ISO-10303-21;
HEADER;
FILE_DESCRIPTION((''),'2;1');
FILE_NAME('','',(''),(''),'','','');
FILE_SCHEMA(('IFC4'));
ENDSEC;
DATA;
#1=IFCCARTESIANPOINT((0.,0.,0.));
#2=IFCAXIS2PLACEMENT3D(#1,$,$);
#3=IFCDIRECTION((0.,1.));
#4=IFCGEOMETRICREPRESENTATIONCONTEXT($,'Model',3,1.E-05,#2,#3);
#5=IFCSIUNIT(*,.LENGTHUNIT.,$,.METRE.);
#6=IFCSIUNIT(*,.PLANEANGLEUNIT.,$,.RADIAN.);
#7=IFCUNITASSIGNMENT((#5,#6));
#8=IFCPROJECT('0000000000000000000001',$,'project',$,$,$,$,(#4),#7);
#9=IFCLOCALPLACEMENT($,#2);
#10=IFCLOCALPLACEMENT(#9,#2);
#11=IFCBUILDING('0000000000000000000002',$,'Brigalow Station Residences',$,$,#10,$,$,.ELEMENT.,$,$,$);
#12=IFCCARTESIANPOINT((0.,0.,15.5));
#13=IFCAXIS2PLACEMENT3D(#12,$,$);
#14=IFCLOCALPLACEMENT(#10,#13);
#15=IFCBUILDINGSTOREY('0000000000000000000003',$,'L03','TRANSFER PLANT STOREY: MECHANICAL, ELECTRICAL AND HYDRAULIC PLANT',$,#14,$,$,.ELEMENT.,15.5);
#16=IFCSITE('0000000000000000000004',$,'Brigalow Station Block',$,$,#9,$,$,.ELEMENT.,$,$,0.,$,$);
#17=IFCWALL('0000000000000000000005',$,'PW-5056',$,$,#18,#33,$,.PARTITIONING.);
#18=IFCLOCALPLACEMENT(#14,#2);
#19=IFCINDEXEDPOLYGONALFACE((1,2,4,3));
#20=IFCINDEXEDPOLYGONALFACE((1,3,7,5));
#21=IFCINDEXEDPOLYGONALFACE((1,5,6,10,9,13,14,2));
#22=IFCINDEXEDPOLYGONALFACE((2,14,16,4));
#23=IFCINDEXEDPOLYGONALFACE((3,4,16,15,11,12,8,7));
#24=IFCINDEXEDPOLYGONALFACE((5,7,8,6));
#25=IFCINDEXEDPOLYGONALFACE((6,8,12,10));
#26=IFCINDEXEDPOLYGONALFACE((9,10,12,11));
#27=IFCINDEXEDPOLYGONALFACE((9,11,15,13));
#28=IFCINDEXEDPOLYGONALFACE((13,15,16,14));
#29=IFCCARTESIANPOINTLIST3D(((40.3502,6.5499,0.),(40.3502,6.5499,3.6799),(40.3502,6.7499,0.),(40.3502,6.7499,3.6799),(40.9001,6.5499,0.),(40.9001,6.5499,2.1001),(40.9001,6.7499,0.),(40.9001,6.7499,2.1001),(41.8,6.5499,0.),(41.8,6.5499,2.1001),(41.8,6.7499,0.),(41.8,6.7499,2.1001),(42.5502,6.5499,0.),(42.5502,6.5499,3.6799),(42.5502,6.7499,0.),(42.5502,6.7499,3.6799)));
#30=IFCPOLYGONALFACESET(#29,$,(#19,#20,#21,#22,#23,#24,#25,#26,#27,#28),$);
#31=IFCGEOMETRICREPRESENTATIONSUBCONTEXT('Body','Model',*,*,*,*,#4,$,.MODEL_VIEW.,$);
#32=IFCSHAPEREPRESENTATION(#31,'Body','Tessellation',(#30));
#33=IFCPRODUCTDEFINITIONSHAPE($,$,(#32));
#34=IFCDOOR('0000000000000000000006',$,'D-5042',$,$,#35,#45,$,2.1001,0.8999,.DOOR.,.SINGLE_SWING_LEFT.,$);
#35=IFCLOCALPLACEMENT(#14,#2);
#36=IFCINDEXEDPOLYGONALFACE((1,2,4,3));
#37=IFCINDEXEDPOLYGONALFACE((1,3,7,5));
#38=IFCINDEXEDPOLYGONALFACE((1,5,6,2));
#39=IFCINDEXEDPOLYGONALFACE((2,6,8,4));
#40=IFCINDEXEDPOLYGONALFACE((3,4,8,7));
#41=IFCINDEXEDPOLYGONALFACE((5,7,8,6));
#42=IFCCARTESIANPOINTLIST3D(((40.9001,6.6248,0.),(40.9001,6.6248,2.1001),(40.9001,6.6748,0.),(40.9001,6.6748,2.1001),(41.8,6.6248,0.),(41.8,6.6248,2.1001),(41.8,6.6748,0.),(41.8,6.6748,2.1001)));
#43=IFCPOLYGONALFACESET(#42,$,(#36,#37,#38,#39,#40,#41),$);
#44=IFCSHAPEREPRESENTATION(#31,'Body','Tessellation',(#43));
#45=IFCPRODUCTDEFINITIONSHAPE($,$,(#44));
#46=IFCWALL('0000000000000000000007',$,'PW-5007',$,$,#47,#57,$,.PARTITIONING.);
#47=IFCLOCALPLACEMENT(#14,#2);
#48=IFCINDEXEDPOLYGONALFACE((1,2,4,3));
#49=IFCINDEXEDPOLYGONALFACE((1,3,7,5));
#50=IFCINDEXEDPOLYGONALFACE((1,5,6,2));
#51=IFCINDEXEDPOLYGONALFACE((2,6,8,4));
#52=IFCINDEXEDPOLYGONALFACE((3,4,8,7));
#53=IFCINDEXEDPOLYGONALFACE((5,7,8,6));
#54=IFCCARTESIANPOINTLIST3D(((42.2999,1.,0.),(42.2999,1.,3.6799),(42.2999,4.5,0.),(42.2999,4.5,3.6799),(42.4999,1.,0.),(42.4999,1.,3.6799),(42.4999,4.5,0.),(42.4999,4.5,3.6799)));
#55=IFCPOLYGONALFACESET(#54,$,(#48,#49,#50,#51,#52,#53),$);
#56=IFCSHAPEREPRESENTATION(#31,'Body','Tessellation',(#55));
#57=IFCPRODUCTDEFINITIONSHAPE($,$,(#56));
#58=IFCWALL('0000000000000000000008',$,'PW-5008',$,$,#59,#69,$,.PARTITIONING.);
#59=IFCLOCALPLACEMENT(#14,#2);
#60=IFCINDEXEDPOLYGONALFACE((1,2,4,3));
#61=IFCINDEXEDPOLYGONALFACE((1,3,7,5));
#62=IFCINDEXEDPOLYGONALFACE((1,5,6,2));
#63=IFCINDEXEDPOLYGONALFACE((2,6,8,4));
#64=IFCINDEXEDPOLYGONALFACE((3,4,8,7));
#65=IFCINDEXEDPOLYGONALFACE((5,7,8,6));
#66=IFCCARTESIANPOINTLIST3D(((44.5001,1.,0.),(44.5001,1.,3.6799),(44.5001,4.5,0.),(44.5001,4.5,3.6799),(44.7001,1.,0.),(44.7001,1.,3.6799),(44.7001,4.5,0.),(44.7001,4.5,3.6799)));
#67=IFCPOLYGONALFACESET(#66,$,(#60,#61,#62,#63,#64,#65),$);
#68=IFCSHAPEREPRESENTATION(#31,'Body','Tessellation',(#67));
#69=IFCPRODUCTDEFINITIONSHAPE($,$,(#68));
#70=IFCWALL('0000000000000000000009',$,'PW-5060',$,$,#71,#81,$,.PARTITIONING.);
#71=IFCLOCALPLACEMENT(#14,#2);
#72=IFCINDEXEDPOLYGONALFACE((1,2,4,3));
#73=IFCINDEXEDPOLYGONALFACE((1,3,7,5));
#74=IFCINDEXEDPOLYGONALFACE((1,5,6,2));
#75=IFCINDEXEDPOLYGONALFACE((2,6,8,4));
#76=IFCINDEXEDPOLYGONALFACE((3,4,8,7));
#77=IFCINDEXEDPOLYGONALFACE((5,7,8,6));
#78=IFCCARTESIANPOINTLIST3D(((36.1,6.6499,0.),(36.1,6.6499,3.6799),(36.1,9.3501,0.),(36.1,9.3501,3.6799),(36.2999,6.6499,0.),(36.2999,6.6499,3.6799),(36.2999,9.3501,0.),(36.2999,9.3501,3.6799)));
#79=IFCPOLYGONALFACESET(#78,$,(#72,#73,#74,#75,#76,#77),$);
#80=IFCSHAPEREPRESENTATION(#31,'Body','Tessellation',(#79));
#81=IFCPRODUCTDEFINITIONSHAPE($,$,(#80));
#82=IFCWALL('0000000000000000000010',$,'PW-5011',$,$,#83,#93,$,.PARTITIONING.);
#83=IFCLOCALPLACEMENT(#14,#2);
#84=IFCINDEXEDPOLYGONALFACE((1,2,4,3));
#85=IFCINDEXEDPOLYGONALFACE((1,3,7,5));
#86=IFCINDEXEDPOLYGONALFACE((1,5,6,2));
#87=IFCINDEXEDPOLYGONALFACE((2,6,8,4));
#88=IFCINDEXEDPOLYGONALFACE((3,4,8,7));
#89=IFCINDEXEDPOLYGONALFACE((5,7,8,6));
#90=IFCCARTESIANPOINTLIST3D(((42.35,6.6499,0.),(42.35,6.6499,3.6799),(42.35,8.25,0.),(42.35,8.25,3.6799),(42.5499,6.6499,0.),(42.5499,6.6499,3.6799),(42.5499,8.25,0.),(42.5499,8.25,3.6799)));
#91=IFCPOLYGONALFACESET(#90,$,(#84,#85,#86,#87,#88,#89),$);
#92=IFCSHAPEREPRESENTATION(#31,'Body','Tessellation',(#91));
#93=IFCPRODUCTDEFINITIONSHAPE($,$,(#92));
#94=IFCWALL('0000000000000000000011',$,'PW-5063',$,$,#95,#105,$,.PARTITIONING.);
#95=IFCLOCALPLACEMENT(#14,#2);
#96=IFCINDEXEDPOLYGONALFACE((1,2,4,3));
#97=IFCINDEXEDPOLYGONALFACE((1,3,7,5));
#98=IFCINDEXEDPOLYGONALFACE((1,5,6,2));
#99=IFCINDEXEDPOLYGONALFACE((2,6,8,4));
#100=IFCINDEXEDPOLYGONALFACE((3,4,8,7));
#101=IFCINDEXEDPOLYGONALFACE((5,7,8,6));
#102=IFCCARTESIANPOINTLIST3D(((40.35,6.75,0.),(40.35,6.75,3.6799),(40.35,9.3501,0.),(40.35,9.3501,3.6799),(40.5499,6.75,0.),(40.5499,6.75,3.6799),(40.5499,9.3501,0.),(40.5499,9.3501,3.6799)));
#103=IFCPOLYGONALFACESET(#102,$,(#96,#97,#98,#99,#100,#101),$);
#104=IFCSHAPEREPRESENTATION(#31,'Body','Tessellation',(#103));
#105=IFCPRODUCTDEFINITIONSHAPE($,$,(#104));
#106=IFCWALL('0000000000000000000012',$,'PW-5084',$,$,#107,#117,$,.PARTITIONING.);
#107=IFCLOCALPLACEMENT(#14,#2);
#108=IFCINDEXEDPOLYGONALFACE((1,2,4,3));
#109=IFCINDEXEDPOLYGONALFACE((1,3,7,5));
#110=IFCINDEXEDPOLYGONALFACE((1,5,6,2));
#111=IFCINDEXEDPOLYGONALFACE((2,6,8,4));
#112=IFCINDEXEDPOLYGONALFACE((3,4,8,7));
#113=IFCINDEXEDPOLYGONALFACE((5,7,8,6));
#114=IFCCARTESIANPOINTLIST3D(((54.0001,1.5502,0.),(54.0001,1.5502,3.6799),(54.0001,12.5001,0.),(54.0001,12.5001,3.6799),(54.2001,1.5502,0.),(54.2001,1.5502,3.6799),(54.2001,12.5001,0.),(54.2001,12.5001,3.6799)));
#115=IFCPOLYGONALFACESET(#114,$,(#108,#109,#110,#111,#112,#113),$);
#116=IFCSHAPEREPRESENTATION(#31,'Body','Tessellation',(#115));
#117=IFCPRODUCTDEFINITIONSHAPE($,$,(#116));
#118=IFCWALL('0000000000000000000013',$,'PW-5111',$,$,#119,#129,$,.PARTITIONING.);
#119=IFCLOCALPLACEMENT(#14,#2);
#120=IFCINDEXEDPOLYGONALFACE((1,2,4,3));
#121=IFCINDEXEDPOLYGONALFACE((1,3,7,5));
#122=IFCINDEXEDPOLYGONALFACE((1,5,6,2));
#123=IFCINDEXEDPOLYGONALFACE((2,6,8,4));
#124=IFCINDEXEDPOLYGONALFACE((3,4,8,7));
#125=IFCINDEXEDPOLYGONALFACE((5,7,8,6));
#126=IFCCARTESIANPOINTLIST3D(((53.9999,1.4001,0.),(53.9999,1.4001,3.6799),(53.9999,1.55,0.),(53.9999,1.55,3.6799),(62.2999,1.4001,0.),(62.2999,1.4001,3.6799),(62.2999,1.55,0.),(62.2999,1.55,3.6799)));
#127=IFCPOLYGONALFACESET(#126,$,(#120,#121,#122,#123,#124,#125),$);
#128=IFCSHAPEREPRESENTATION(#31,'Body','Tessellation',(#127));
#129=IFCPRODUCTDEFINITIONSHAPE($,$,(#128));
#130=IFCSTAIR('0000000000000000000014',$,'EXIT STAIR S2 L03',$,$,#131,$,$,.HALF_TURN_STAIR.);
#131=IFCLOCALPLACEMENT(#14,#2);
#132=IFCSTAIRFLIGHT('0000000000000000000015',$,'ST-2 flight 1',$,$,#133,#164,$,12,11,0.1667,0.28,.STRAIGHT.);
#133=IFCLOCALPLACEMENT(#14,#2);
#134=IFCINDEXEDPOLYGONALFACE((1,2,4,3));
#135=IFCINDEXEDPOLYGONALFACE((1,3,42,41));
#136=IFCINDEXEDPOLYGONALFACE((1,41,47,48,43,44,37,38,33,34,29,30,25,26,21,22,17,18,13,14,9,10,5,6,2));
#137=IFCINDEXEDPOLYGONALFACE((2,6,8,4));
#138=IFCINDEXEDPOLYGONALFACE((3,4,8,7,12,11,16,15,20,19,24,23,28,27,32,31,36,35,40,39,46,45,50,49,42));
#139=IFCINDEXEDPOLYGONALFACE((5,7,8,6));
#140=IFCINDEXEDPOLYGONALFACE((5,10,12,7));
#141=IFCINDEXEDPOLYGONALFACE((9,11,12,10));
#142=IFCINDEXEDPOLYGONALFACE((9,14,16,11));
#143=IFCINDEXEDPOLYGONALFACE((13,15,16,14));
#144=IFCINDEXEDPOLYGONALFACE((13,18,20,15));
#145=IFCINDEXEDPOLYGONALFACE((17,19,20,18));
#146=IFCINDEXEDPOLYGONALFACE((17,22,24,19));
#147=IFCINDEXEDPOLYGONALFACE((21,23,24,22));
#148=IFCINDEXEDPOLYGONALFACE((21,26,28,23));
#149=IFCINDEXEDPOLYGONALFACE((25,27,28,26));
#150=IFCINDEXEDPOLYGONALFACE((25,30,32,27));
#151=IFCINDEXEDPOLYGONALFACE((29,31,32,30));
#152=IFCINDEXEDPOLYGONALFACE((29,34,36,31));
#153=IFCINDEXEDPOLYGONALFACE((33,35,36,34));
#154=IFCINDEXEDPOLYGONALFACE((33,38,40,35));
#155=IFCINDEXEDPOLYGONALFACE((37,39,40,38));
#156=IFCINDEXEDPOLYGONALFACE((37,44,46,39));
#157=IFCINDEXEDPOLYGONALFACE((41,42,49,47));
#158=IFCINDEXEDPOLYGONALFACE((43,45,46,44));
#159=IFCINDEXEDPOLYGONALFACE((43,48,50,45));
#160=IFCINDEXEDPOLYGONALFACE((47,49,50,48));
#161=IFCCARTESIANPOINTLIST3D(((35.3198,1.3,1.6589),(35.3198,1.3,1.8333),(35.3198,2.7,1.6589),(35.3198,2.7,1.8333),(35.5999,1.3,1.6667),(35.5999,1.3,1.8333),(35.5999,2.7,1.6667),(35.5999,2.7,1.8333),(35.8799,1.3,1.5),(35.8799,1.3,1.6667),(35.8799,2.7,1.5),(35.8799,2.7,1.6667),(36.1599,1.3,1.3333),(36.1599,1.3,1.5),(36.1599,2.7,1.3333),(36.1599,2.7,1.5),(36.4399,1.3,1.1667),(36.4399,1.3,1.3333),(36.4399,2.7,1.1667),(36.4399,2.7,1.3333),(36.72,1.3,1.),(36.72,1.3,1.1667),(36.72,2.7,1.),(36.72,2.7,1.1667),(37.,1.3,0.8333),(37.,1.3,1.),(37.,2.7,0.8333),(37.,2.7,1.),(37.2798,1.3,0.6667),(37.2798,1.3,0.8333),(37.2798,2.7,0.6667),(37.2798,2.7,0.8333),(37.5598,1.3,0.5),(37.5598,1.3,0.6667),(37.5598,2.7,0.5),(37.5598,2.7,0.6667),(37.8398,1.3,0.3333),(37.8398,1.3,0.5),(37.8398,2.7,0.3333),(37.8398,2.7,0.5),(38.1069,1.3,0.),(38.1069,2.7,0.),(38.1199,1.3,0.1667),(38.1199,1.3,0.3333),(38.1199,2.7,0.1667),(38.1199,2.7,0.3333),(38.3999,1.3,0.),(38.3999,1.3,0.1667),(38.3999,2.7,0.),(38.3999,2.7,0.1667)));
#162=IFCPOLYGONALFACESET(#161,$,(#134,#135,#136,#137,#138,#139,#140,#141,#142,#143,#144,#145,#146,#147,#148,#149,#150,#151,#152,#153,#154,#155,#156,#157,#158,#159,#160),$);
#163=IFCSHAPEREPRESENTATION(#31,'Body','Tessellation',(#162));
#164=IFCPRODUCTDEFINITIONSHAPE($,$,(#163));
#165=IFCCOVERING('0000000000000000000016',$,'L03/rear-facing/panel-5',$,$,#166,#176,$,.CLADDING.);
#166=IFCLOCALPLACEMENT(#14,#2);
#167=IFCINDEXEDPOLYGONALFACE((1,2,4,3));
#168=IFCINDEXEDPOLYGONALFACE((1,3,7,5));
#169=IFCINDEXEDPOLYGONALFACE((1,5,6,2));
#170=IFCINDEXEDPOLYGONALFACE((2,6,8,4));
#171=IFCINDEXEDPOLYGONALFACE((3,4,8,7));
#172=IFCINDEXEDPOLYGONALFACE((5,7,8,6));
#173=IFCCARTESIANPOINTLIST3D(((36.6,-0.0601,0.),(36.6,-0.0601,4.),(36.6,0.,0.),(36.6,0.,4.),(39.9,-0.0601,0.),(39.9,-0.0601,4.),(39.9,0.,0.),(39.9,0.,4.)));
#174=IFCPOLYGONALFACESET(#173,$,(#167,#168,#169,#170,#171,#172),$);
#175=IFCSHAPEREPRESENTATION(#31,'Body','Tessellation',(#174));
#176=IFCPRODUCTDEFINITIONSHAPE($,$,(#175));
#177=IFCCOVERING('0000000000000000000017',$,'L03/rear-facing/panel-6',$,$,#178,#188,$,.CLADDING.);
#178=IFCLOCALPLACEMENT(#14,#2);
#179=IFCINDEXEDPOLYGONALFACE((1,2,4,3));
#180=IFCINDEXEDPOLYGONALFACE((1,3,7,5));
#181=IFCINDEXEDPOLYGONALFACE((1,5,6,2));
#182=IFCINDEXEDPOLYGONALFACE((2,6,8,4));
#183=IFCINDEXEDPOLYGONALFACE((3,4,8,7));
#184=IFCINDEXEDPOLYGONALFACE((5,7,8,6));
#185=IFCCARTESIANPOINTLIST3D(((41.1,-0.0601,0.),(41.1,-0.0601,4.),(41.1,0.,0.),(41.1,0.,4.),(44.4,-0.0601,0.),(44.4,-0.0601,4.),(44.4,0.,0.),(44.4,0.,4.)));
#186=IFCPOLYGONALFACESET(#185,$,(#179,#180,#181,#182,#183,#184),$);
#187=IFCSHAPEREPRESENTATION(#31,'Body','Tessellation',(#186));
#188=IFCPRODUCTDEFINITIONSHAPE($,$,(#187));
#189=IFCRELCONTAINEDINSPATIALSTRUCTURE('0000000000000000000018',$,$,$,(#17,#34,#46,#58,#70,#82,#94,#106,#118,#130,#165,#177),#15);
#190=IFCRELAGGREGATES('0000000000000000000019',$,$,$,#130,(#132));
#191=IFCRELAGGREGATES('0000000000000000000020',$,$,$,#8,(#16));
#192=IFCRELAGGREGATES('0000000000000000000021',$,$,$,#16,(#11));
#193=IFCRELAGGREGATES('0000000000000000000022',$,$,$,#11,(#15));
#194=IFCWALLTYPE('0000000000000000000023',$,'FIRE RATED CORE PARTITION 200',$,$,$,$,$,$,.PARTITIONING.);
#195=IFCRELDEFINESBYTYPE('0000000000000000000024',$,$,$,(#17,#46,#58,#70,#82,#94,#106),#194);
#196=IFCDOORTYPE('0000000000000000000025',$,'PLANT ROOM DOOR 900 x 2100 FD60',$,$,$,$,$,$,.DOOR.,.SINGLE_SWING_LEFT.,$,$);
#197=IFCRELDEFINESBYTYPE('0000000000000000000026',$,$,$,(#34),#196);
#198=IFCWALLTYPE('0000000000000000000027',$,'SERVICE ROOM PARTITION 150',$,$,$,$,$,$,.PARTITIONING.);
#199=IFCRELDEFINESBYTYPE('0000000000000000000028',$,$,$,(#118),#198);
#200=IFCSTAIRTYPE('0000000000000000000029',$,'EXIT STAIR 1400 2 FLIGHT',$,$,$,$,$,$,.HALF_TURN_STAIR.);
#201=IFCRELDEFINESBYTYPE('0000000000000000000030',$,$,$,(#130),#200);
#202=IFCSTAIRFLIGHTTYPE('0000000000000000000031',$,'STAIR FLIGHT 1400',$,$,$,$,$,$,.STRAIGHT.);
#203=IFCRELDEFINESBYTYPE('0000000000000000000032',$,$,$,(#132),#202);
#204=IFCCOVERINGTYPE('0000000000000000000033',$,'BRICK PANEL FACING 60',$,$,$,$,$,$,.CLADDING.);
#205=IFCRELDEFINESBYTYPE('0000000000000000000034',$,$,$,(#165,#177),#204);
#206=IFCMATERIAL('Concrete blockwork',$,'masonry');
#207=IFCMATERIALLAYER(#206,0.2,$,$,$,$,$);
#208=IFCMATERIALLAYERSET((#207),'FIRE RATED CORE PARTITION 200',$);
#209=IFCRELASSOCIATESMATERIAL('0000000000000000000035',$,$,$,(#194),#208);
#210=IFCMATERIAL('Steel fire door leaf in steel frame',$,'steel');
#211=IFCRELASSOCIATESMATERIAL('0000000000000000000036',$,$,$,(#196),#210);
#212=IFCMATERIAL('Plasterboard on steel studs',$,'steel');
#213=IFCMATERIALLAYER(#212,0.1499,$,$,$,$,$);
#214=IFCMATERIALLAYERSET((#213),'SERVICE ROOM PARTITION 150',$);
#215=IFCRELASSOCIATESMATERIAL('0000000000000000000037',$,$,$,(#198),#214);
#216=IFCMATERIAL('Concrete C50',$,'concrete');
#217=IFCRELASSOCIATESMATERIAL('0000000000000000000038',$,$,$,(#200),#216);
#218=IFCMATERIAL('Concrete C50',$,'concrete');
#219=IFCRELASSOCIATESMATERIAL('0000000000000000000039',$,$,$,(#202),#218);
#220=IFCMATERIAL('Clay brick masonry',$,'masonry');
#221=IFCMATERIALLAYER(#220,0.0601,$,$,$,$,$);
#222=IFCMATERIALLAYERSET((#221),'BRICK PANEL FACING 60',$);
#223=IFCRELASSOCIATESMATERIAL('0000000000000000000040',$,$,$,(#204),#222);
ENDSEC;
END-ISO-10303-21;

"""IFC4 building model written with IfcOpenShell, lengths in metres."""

from ifc_helpers import new_model, si_unit, direction, frame, frame_2d, origin, origin_2d, place, context, subcontext, project, spatial, polyline, rectangle, outline, extrude, material, layer, layer_set, type_object, element, fill, aggregate, save


model = new_model("IFC4")

# Units and contexts
model_context = context("Model", 3, precision=1e-05, world=origin(), true_north=direction((0.0, 1.0)))
body_context = subcontext(model_context, "Body", "Model", "MODEL_VIEW")
ifc_project = project(units=[si_unit("LENGTHUNIT", "METRE"), si_unit("PLANEANGLEUNIT", "RADIAN")], contexts=[model_context])

# Site, building, storey
site_placement = place(None, origin())
site = spatial("IfcSite", under=ifc_project, at=site_placement, Name="Brigalow Station Block", CompositionType="ELEMENT", RefElevation=0.0)
building_placement = place(site_placement, origin())
building = spatial("IfcBuilding", under=site, at=building_placement, Name="Brigalow Station Residences", CompositionType="ELEMENT")
storey_placement = place(building_placement, frame((0.0, 0.0, 15.5)))
storey = spatial("IfcBuildingStorey", under=building, at=storey_placement, Name="L03", Description="TRANSFER PLANT STOREY: MECHANICAL, ELECTRICAL AND HYDRAULIC PLANT", CompositionType="ELEMENT", Elevation=15.5)

# Shared definitions
ifc_material_1 = material(Name="Concrete blockwork", Category="masonry")
ifc_layer_1 = layer(ifc_material_1, 0.2)
ifc_layer_set_1 = layer_set([ifc_layer_1], Name="FIRE RATED CORE PARTITION 200")
wall_type_1 = type_object("IfcWallType", Name="FIRE RATED CORE PARTITION 200", PredefinedType="PARTITIONING", material=ifc_layer_set_1)
ifc_material_2 = material(Name="Steel fire door leaf in steel frame", Category="steel")
door_type_1 = type_object("IfcDoorType", Name="PLANT ROOM DOOR 900 x 2100 FD60", OperationType="SINGLE_SWING_LEFT", PredefinedType="DOOR", material=ifc_material_2)

# Wall, opening, door
wall_1_placement = place(storey_placement, frame((40.3501, 6.6499, 0.0), z_axis=(0.0, 0.0, 1.0), x_axis=(1.0, 0.0, 0.0)))
wall_1 = element("IfcWall", 1, at=wall_1_placement, inside=storey, type_object=wall_type_1, Name="PW-5056", PredefinedType="PARTITIONING", context=body_context, shape_type="SweptSolid", body=[
    extrude(rectangle(XDim=2.2, YDim=0.2, at=frame_2d((1.1001, 0.0))), origin(), (0.0, 0.0, 1.0), 3.6799),
])
opening_1_placement = place(wall_1_placement, frame((0.55, 0.0, 0.0)))
opening_1 = element("IfcOpeningElement", 2, at=opening_1_placement, cuts=wall_1, PredefinedType="OPENING", context=body_context, shape_type="SweptSolid", body=[
    extrude(rectangle(XDim=0.8999, YDim=2.1001, at=frame_2d((0.45, 1.05))), frame((0.0, 0.1099, 0.0), z_axis=(0.0, -1.0, 0.0), x_axis=(1.0, 0.0, 0.0)), (0.0, 0.0, 1.0), 0.22),
])
door_1_placement = place(opening_1_placement, origin())
door_1 = element("IfcDoor", 3, at=door_1_placement, inside=storey, type_object=door_type_1, Name="D-5042", OperationType="SINGLE_SWING_LEFT", OverallHeight=2.1001, OverallWidth=0.8999, PredefinedType="DOOR", context=body_context, shape_type="SweptSolid", body=[
    extrude(rectangle(XDim=0.8999, YDim=2.1001, at=frame_2d((0.45, 1.05))), frame((0.0, 0.0249, 0.0), z_axis=(0.0, -1.0, 0.0), x_axis=(1.0, 0.0, 0.0)), (0.0, 0.0, 1.0), 0.05),
])
fill(opening_1, door_1)

# Walls
for number, where, z_axis, x_axis, name in (
    (4, (42.3999, 1.0, 0.0), (0.0, 0.0, 1.0), (0.0, 1.0, 0.0), "PW-5007"),
    (5, (44.6001, 1.0, 0.0), (0.0, 0.0, 1.0), (0.0, 1.0, 0.0), "PW-5008"),
):
    element("IfcWall", number, at=place(storey_placement, frame(where, z_axis=z_axis, x_axis=x_axis)), inside=storey, type_object=wall_type_1, Name=name, PredefinedType="PARTITIONING", context=body_context, shape_type="SweptSolid", body=[
        extrude(rectangle(XDim=3.5, YDim=0.2, at=frame_2d((1.75, 0.0))), origin(), (0.0, 0.0, 1.0), 3.6799),
    ])
wall_2_placement = place(storey_placement, frame((36.2, 6.6499, 0.0), z_axis=(0.0, 0.0, 1.0), x_axis=(0.0, 1.0, 0.0)))
element("IfcWall", 6, at=wall_2_placement, inside=storey, type_object=wall_type_1, Name="PW-5060", PredefinedType="PARTITIONING", context=body_context, shape_type="SweptSolid", body=[
    extrude(rectangle(XDim=2.7002, YDim=0.2, at=frame_2d((1.3501, 0.0))), origin(), (0.0, 0.0, 1.0), 3.6799),
])
wall_3_placement = place(storey_placement, frame((42.45, 6.6499, 0.0), z_axis=(0.0, 0.0, 1.0), x_axis=(0.0, 1.0, 0.0)))
element("IfcWall", 7, at=wall_3_placement, inside=storey, type_object=wall_type_1, Name="PW-5011", PredefinedType="PARTITIONING", context=body_context, shape_type="SweptSolid", body=[
    extrude(rectangle(XDim=1.6001, YDim=0.2, at=frame_2d((0.8, 0.0))), origin(), (0.0, 0.0, 1.0), 3.6799),
])
wall_4_placement = place(storey_placement, frame((40.45, 6.75, 0.0), z_axis=(0.0, 0.0, 1.0), x_axis=(0.0, 1.0, 0.0)))
element("IfcWall", 8, at=wall_4_placement, inside=storey, type_object=wall_type_1, Name="PW-5063", PredefinedType="PARTITIONING", context=body_context, shape_type="SweptSolid", body=[
    extrude(rectangle(XDim=2.6001, YDim=0.2, at=frame_2d((1.3, 0.0))), origin(), (0.0, 0.0, 1.0), 3.6799),
])
wall_5_placement = place(storey_placement, frame((54.1001, 1.55, 0.0), z_axis=(0.0, 0.0, 1.0), x_axis=(0.0, 1.0, 0.0)))
element("IfcWall", 9, at=wall_5_placement, inside=storey, type_object=wall_type_1, Name="PW-5084", PredefinedType="PARTITIONING", context=body_context, shape_type="SweptSolid", body=[
    extrude(rectangle(XDim=10.95, YDim=0.2, at=frame_2d((5.4751, 0.0))), origin(), (0.0, 0.0, 1.0), 3.6799),
])
ifc_material_3 = material(Name="Plasterboard on steel studs", Category="steel")
ifc_layer_2 = layer(ifc_material_3, 0.1499)
ifc_layer_set_2 = layer_set([ifc_layer_2], Name="SERVICE ROOM PARTITION 150")
wall_type_2 = type_object("IfcWallType", Name="SERVICE ROOM PARTITION 150", PredefinedType="PARTITIONING", material=ifc_layer_set_2)
wall_6_placement = place(storey_placement, frame((54.0, 1.4751, 0.0), z_axis=(0.0, 0.0, 1.0), x_axis=(1.0, 0.0, 0.0)))
element("IfcWall", 10, at=wall_6_placement, inside=storey, type_object=wall_type_2, Name="PW-5111", PredefinedType="PARTITIONING", context=body_context, shape_type="SweptSolid", body=[
    extrude(rectangle(XDim=8.3, YDim=0.1499, at=frame_2d((4.1499, 0.0))), origin(), (0.0, 0.0, 1.0), 3.6799),
])

# Stair, stair flight
ifc_material_4 = material(Name="Concrete C50", Category="concrete")
stair_type = type_object("IfcStairType", Name="EXIT STAIR 1400 2 FLIGHT", PredefinedType="HALF_TURN_STAIR", material=ifc_material_4)
stair_placement = place(storey_placement, origin())
stair = element("IfcStair", 11, at=stair_placement, inside=storey, type_object=stair_type, Name="EXIT STAIR S2 L03", PredefinedType="HALF_TURN_STAIR")
ifc_material_5 = material(Name="Concrete C50", Category="concrete")
stair_flight_type = type_object("IfcStairFlightType", Name="STAIR FLIGHT 1400", PredefinedType="STRAIGHT", material=ifc_material_5)
stair_flight_placement = place(storey_placement, frame((38.3999, 2.0, 0.0), z_axis=(0.0, 0.0, 1.0), x_axis=(-1.0, 0.0, 0.0)))
stair_flight = element("IfcStairFlight", 12, at=stair_flight_placement, type_object=stair_flight_type, Name="ST-2 flight 1", NumberOfRisers=12, NumberOfTreads=11, PredefinedType="STRAIGHT", RiserHeight=0.1667, TreadLength=0.28, context=body_context, shape_type="SweptSolid", body=[
    extrude(outline(polyline([(0.0, 0.0), (0.0, 0.1667), (0.28, 0.1667), (0.28, 0.3333), (0.5601, 0.3333), (0.5601, 0.5), (0.8401, 0.5), (0.8401, 0.6667), (1.1201, 0.6667), (1.1201, 0.8333), (1.3999, 0.8333), (1.3999, 1.0), (1.6799, 1.0), (1.6799, 1.1667), (1.96, 1.1667), (1.96, 1.3333), (2.24, 1.3333), (2.24, 1.5), (2.52, 1.5), (2.52, 1.6667), (2.8, 1.6667), (2.8, 1.8333), (3.0801, 1.8333), (3.0801, 2.0), (3.0801, 1.6589), (0.293, 0.0), (0.0, 0.0)])), frame((0.0, 0.7, 0.0), z_axis=(0.0, -1.0, 0.0), x_axis=(1.0, 0.0, 0.0)), (0.0, 0.0, 1.0), 1.3999),
])
aggregate(stair, [stair_flight])

# Coverings
ifc_material_6 = material(Name="Clay brick masonry", Category="masonry")
ifc_layer_3 = layer(ifc_material_6, 0.0601)
ifc_layer_set_3 = layer_set([ifc_layer_3], Name="BRICK PANEL FACING 60")
covering_type_1 = type_object("IfcCoveringType", Name="BRICK PANEL FACING 60", PredefinedType="CLADDING", material=ifc_layer_set_3)
for number, where, z_axis, x_axis, name in (
    (13, (38.25, -0.03, 0.0), (0.0, 0.0, 1.0), (1.0, 0.0, 0.0), "L03/rear-facing/panel-5"),
    (14, (42.75, -0.03, 0.0), (0.0, 0.0, 1.0), (1.0, 0.0, 0.0), "L03/rear-facing/panel-6"),
):
    element("IfcCovering", number, at=place(storey_placement, frame(where, z_axis=z_axis, x_axis=x_axis)), inside=storey, type_object=covering_type_1, Name=name, PredefinedType="CLADDING", context=body_context, shape_type="SweptSolid", body=[
        extrude(rectangle(XDim=3.3, YDim=0.0601, at=origin_2d()), origin(), (0.0, 0.0, 1.0), 4.0),
    ])

save(model, "model.ifc")
